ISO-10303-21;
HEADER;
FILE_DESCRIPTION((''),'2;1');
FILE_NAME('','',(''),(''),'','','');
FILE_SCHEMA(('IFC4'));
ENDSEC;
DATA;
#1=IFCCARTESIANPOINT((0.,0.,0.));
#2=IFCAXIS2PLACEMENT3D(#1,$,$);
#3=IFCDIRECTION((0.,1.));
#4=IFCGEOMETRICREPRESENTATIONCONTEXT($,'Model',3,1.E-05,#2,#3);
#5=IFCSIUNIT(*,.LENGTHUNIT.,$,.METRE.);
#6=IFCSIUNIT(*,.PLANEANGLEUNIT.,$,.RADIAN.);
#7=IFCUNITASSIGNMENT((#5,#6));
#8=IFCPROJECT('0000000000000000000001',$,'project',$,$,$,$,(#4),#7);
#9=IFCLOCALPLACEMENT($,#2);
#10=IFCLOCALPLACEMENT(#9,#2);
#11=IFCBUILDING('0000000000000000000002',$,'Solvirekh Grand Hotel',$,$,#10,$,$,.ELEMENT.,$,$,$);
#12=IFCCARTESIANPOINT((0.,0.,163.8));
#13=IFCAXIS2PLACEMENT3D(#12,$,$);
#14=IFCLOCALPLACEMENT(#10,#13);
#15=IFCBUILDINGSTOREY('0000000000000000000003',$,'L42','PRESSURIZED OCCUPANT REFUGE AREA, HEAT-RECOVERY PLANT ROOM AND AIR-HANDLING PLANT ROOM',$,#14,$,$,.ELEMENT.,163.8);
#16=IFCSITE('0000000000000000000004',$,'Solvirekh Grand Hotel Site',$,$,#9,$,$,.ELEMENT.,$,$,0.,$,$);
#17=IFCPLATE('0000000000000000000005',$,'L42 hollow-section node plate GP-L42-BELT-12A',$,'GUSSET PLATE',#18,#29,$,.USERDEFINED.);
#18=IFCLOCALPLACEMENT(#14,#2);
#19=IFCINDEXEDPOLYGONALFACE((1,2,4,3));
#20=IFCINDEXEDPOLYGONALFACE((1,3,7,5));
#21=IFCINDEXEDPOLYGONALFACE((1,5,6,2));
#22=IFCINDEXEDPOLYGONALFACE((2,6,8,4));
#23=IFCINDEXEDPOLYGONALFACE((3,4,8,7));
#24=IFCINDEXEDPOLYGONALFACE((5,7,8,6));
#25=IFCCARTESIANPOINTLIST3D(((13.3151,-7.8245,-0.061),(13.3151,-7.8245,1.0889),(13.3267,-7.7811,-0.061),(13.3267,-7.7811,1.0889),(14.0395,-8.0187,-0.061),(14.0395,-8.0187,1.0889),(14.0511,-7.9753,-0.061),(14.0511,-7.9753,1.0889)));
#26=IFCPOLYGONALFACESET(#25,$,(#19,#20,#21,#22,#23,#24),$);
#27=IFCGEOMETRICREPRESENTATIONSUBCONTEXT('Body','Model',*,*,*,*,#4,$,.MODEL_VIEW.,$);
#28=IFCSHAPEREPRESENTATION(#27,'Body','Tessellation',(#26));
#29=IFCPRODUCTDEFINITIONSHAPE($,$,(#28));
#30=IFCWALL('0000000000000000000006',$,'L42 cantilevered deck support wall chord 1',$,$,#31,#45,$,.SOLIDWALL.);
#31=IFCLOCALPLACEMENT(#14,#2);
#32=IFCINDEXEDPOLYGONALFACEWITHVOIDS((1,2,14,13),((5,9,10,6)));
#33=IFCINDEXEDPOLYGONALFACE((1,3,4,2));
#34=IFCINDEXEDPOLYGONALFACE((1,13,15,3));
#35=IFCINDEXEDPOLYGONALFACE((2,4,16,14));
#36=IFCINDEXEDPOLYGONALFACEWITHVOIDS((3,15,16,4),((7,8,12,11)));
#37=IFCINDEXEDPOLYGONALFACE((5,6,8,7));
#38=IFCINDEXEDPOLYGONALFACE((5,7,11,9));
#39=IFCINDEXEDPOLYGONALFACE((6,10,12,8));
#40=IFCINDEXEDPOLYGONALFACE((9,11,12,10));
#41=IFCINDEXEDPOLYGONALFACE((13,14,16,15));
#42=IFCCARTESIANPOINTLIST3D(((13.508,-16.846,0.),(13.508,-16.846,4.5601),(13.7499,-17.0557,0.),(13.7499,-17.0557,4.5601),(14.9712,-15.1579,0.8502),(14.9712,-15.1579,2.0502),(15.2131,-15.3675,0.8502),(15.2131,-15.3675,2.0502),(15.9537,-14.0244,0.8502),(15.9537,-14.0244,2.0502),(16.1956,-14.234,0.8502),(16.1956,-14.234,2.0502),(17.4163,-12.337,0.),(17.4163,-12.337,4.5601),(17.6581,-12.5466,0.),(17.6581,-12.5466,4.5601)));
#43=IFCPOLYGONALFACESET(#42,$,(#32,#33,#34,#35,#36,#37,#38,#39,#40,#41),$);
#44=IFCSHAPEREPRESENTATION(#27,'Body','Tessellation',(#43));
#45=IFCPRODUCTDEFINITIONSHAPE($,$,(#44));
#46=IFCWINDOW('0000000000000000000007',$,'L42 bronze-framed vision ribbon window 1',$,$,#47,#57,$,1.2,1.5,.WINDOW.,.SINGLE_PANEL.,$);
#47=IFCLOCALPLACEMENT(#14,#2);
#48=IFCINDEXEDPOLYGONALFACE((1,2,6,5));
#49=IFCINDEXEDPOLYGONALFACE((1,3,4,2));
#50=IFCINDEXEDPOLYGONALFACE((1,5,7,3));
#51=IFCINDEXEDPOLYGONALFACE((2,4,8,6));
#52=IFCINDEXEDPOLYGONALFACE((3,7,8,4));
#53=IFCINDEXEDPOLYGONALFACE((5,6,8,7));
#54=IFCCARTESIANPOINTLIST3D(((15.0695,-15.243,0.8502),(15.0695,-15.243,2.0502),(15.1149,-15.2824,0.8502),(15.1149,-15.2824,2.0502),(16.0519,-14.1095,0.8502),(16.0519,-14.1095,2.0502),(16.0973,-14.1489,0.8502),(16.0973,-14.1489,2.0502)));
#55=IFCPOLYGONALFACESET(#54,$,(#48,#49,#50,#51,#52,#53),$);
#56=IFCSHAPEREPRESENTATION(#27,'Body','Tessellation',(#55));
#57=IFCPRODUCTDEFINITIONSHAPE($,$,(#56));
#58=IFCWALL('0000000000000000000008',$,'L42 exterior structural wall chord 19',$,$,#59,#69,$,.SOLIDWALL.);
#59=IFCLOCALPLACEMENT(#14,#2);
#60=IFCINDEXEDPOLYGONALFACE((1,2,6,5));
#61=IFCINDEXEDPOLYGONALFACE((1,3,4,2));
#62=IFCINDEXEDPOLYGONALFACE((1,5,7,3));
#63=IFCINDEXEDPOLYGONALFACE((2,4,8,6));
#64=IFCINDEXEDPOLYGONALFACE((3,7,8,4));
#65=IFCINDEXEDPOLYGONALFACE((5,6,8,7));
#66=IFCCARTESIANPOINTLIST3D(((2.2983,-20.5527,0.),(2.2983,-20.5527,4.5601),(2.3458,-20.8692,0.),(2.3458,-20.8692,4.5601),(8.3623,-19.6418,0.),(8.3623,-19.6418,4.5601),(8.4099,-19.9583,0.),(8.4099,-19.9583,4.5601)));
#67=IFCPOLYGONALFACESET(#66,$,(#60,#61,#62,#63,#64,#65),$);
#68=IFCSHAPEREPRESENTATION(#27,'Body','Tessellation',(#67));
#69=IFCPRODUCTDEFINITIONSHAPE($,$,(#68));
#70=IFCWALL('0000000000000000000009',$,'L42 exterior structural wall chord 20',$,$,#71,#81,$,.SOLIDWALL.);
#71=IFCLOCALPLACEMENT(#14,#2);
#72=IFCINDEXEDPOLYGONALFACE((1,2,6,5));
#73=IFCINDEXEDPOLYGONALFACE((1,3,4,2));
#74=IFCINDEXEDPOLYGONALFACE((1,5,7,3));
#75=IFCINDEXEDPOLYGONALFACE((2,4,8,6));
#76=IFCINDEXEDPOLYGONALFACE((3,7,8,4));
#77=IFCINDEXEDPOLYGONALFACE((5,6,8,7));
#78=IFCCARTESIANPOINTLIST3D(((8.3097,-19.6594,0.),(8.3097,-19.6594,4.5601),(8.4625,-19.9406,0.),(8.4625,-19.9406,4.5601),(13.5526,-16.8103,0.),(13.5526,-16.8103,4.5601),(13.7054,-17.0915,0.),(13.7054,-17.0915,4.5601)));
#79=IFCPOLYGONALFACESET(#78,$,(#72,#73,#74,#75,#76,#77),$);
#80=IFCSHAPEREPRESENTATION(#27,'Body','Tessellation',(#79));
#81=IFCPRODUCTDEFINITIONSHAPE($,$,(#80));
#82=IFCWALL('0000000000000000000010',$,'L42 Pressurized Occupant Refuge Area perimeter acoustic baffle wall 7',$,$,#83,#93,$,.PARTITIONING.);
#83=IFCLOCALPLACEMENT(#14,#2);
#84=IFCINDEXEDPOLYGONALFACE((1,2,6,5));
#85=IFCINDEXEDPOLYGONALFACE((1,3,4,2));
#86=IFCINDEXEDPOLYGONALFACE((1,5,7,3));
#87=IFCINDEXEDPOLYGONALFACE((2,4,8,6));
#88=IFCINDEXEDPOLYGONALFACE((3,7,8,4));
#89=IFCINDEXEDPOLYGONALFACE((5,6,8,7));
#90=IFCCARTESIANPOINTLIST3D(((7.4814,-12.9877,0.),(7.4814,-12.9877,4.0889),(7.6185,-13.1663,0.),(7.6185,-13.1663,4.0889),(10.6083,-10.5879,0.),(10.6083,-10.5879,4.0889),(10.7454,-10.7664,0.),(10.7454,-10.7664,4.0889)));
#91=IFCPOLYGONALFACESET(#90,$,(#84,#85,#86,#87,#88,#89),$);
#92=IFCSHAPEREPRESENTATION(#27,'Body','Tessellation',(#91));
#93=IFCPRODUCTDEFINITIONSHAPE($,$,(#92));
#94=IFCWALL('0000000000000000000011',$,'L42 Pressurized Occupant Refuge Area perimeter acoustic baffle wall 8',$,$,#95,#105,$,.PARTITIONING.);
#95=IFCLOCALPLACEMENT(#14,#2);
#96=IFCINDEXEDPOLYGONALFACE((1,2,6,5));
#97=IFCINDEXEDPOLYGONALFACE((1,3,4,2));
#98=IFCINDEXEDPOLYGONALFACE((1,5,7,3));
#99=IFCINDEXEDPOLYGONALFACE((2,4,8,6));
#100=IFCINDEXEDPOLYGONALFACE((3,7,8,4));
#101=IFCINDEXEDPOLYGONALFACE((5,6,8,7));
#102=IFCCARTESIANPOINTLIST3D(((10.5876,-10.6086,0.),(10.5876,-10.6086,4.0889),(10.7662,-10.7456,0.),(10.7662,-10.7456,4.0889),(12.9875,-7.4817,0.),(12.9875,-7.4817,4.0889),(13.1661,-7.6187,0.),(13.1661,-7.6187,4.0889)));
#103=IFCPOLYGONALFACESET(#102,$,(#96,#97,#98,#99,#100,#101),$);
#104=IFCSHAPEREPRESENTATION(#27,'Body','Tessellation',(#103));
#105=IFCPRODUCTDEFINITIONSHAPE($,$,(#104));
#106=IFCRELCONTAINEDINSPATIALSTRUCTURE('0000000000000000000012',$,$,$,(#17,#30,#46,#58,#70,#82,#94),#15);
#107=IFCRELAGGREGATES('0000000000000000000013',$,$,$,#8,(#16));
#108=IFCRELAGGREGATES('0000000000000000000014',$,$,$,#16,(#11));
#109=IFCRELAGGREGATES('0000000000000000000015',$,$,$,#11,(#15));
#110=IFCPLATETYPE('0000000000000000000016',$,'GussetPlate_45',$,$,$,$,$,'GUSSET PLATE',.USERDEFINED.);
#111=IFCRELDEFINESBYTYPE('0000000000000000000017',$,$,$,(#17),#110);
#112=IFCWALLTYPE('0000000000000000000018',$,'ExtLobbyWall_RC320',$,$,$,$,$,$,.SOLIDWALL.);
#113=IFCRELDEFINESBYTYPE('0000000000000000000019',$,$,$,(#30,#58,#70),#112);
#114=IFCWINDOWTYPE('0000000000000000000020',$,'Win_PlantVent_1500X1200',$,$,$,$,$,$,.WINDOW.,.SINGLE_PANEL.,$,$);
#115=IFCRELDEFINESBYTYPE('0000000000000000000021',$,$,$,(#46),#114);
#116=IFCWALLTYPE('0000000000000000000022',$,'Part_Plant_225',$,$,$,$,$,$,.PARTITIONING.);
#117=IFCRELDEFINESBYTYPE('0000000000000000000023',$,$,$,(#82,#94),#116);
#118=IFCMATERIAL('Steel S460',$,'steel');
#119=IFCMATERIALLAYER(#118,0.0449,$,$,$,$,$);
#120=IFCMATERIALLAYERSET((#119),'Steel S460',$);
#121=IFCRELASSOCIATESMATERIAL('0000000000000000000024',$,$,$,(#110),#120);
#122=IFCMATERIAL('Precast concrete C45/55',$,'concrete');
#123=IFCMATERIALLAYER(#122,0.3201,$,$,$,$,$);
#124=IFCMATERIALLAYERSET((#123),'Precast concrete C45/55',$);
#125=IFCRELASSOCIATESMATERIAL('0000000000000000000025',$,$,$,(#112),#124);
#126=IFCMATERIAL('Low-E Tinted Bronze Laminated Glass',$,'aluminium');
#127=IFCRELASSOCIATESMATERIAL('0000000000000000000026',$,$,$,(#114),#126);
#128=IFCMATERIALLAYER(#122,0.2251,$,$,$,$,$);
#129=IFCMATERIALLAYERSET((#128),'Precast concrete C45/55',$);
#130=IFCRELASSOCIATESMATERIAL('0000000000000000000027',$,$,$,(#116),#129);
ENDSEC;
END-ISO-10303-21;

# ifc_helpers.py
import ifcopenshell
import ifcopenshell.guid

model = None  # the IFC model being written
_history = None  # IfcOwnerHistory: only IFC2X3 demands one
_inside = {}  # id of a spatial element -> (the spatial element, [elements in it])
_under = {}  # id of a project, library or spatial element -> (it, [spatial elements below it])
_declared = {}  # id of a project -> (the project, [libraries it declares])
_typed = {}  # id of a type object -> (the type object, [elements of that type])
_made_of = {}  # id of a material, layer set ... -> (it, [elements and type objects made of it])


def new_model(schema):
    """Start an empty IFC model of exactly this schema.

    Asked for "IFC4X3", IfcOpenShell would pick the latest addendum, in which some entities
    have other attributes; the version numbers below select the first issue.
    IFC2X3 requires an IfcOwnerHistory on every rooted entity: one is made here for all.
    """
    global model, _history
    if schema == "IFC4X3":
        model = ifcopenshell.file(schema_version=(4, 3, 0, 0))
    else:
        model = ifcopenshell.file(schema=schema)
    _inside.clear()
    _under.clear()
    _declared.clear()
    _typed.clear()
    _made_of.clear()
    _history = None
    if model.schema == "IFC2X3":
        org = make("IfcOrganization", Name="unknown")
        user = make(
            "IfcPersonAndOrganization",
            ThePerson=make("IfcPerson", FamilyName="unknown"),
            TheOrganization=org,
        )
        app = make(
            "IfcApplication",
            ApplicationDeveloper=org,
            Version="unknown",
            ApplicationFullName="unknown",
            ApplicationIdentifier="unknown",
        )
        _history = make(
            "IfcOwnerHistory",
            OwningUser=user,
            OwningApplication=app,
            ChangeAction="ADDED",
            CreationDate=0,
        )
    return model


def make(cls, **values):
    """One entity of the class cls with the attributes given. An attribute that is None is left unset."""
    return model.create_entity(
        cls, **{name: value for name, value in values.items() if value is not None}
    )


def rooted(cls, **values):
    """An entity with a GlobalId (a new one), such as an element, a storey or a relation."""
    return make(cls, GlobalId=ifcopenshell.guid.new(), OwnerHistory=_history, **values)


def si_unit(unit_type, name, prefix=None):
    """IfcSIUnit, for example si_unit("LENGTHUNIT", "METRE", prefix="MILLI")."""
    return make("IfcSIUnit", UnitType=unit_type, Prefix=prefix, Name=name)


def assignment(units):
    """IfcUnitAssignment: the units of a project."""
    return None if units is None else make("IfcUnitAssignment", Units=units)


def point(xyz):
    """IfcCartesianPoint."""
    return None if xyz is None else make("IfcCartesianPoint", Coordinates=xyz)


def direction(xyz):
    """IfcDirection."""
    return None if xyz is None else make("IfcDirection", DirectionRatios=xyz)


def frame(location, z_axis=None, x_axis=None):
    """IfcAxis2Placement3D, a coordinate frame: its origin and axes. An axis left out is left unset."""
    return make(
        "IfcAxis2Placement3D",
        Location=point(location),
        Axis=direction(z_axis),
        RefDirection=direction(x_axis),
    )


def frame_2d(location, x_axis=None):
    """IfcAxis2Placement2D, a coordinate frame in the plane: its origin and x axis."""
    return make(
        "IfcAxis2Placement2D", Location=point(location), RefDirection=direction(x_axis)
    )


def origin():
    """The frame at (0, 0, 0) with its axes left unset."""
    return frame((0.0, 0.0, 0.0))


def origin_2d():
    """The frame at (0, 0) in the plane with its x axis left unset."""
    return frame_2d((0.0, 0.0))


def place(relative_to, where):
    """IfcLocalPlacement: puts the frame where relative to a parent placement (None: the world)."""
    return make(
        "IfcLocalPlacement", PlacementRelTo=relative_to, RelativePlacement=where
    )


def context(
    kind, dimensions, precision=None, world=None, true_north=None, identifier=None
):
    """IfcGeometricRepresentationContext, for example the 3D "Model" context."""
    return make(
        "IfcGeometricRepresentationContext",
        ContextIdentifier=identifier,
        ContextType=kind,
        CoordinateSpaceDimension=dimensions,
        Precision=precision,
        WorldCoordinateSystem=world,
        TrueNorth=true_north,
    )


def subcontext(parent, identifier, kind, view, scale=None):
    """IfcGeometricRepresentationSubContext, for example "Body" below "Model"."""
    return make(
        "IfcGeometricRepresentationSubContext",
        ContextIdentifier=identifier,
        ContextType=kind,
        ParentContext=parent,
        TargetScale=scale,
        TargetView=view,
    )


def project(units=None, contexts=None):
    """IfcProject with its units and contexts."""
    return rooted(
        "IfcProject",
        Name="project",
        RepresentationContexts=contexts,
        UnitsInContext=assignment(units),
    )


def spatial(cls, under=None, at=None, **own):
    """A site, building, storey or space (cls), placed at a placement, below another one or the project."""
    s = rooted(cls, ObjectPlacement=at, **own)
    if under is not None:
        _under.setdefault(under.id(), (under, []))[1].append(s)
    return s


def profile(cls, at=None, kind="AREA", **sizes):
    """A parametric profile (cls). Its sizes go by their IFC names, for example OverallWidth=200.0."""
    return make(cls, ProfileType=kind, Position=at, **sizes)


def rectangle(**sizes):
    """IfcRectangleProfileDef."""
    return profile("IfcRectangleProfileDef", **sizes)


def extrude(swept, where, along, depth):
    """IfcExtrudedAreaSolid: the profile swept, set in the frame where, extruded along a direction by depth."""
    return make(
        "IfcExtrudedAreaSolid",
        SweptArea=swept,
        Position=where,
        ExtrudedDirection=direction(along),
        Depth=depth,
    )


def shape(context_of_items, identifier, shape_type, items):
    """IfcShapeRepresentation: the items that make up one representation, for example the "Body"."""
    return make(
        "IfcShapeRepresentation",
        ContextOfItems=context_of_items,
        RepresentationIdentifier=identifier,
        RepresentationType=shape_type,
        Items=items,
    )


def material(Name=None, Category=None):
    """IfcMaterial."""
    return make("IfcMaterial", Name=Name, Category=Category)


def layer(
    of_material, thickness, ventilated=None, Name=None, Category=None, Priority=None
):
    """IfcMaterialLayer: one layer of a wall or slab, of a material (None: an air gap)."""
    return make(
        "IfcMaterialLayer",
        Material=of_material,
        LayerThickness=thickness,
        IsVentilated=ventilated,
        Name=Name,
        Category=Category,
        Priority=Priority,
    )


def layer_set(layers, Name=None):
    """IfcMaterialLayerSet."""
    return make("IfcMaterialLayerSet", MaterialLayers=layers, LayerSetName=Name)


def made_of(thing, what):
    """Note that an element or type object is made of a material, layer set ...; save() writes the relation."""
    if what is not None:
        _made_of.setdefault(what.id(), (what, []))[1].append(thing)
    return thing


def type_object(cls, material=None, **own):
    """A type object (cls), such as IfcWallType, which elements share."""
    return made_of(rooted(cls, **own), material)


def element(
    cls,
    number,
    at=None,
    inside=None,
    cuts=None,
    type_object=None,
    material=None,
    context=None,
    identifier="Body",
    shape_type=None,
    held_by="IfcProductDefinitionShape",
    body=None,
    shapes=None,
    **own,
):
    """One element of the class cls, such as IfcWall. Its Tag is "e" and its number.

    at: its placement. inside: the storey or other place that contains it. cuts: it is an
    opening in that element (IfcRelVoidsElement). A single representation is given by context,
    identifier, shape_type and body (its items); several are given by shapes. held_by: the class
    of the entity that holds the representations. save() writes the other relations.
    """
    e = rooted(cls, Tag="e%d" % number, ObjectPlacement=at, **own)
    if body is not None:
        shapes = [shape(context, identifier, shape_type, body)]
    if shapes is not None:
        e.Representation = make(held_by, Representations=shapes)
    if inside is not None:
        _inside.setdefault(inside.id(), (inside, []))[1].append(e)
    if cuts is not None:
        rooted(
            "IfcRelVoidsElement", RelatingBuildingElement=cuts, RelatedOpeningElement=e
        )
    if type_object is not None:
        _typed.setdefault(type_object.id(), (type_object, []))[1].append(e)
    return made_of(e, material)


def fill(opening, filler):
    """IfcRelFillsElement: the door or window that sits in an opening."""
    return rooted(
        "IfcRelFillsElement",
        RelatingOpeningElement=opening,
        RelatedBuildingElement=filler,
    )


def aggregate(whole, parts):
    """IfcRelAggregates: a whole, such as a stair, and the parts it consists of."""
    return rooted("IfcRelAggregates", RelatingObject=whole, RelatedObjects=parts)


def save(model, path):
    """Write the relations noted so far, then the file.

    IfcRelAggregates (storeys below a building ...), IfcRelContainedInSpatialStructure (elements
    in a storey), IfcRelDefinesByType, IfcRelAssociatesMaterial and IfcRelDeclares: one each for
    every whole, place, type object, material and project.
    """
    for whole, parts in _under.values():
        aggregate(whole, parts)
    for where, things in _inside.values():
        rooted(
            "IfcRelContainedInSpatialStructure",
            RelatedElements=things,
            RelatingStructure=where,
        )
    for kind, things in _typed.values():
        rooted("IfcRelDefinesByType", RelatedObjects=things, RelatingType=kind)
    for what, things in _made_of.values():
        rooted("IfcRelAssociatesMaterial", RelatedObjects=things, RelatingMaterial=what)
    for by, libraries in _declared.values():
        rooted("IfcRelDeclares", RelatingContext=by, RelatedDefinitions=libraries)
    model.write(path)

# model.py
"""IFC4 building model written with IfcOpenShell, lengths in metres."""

from ifc_helpers import new_model, si_unit, direction, frame, frame_2d, origin, origin_2d, place, context, subcontext, project, spatial, rectangle, extrude, material, layer, layer_set, type_object, element, fill, save


model = new_model("IFC4")

# Units and contexts
model_context = context("Model", 3, precision=1e-05, world=origin(), true_north=direction((0.0, 1.0)))
body_context = subcontext(model_context, "Body", "Model", "MODEL_VIEW")
ifc_project = project(units=[si_unit("LENGTHUNIT", "METRE"), si_unit("PLANEANGLEUNIT", "RADIAN")], contexts=[model_context])

# Site, building, storey
site_placement = place(None, origin())
site = spatial("IfcSite", under=ifc_project, at=site_placement, Name="Solvirekh Grand Hotel Site", CompositionType="ELEMENT", RefElevation=0.0)
building_placement = place(site_placement, origin())
building = spatial("IfcBuilding", under=site, at=building_placement, Name="Solvirekh Grand Hotel", CompositionType="ELEMENT")
storey_placement = place(building_placement, frame((0.0, 0.0, 163.8)))
storey = spatial("IfcBuildingStorey", under=building, at=storey_placement, Name="L42", Description="PRESSURIZED OCCUPANT REFUGE AREA, HEAT-RECOVERY PLANT ROOM AND AIR-HANDLING PLANT ROOM", CompositionType="ELEMENT", Elevation=163.8)

# Shared definitions
ifc_material_1 = material(Name="Steel S460", Category="steel")

# Plate
ifc_layer_1 = layer(ifc_material_1, 0.0449)
ifc_layer_set_1 = layer_set([ifc_layer_1], Name="Steel S460")
plate_type = type_object("IfcPlateType", Name="GussetPlate_45", ElementType="GUSSET PLATE", PredefinedType="USERDEFINED", material=ifc_layer_set_1)
for number, where, z_axis, x_axis, name in (
    (1, (13.6831, -7.8999, -0.061), (0.0, 0.0, 1.0), (0.258819, 0.965926, 0.0), "L42 hollow-section node plate GP-L42-BELT-12A"),
):
    element("IfcPlate", number, at=place(storey_placement, frame(where, z_axis=z_axis, x_axis=x_axis)), inside=storey, type_object=plate_type, Name=name, ObjectType="GUSSET PLATE", PredefinedType="USERDEFINED", context=body_context, shape_type="SweptSolid", body=[
        extrude(rectangle(XDim=0.0449, YDim=0.75, at=origin_2d()), origin(), (0.0, 0.0, 1.0), 1.1499),
    ])

# Wall, opening, window
ifc_material_2 = material(Name="Precast concrete C45/55", Category="concrete")
ifc_layer_2 = layer(ifc_material_2, 0.3201)
ifc_layer_set_2 = layer_set([ifc_layer_2], Name="Precast concrete C45/55")
wall_type_1 = type_object("IfcWallType", Name="ExtLobbyWall_RC320", PredefinedType="SOLIDWALL", material=ifc_layer_set_2)
wall_1_placement = place(storey_placement, frame((17.5371, -12.4419, 0.0), z_axis=(0.0, 0.0, 1.0), x_axis=(-0.654966, -0.755658, 0.0)))
wall_1 = element("IfcWall", 2, at=wall_1_placement, inside=storey, type_object=wall_type_1, Name="L42 cantilevered deck support wall chord 1", PredefinedType="SOLIDWALL", context=body_context, shape_type="SweptSolid", body=[
    extrude(rectangle(XDim=5.967, YDim=0.3201, at=frame_2d((2.9834, 0.0))), origin(), (0.0, 0.0, 1.0), 4.5601),
])
opening_placement = place(wall_1_placement, frame((2.2329, 0.0, 0.8501)))
opening = element("IfcOpeningElement", 3, at=opening_placement, cuts=wall_1, PredefinedType="OPENING", context=body_context, shape_type="SweptSolid", body=[
    extrude(rectangle(XDim=1.5, YDim=1.2, at=frame_2d((0.75, 0.6001))), frame((0.0, 0.1699, 0.0), z_axis=(0.0, -1.0, 0.0), x_axis=(1.0, 0.0, 0.0)), (0.0, 0.0, 1.0), 0.3401),
])
ifc_material_3 = material(Name="Low-E Tinted Bronze Laminated Glass", Category="aluminium")
window_type = type_object("IfcWindowType", Name="Win_PlantVent_1500X1200", PartitioningType="SINGLE_PANEL", PredefinedType="WINDOW", material=ifc_material_3)
window_placement = place(opening_placement, origin())
window = element("IfcWindow", 4, at=window_placement, inside=storey, type_object=window_type, Name="L42 bronze-framed vision ribbon window 1", OverallHeight=1.2, OverallWidth=1.5, PartitioningType="SINGLE_PANEL", PredefinedType="WINDOW", context=body_context, shape_type="SweptSolid", body=[
    extrude(rectangle(XDim=1.5, YDim=1.2, at=frame_2d((0.75, 0.6001))), frame((0.0, 0.03, 0.0), z_axis=(0.0, -1.0, 0.0), x_axis=(1.0, 0.0, 0.0)), (0.0, 0.0, 1.0), 0.0601),
])
fill(opening, window)

# Walls
wall_2_placement = place(storey_placement, frame((8.386, -19.8, 0.0), z_axis=(0.0, 0.0, 1.0), x_axis=(-0.988905, -0.148547, 0.0)))
element("IfcWall", 5, at=wall_2_placement, inside=storey, type_object=wall_type_1, Name="L42 exterior structural wall chord 19", PredefinedType="SOLIDWALL", context=body_context, shape_type="SweptSolid", body=[
    extrude(rectangle(XDim=6.1321, YDim=0.3201, at=frame_2d((3.0659, 0.0))), origin(), (0.0, 0.0, 1.0), 4.5601),
])
wall_3_placement = place(storey_placement, frame((13.6289, -16.9509, 0.0), z_axis=(0.0, 0.0, 1.0), x_axis=(-0.878645, -0.477476, 0.0)))
element("IfcWall", 6, at=wall_3_placement, inside=storey, type_object=wall_type_1, Name="L42 exterior structural wall chord 20", PredefinedType="SOLIDWALL", context=body_context, shape_type="SweptSolid", body=[
    extrude(rectangle(XDim=5.967, YDim=0.3201, at=frame_2d((2.9834, 0.0))), origin(), (0.0, 0.0, 1.0), 4.5601),
])
ifc_layer_3 = layer(ifc_material_2, 0.2251)
ifc_layer_set_3 = layer_set([ifc_layer_3], Name="Precast concrete C45/55")
wall_type_2 = type_object("IfcWallType", Name="Part_Plant_225", PredefinedType="PARTITIONING", material=ifc_layer_set_3)
for number, where, z_axis, x_axis, name in (
    (7, (7.55, -13.0769, 0.0), (0.0, 0.0, 1.0), (0.793291, 0.608842, 0.0), "L42 Pressurized Occupant Refuge Area perimeter acoustic baffle wall 7"),
    (8, (10.677, -10.677, 0.0), (0.0, 0.0, 1.0), (0.608842, 0.793291, 0.0), "L42 Pressurized Occupant Refuge Area perimeter acoustic baffle wall 8"),
):
    element("IfcWall", number, at=place(storey_placement, frame(where, z_axis=z_axis, x_axis=x_axis)), inside=storey, type_object=wall_type_2, Name=name, PredefinedType="PARTITIONING", context=body_context, shape_type="SweptSolid", body=[
        extrude(rectangle(XDim=3.9417, YDim=0.2251, at=frame_2d((1.9707, 0.0))), origin(), (0.0, 0.0, 1.0), 4.0889),
    ])

save(model, "model.ifc")
